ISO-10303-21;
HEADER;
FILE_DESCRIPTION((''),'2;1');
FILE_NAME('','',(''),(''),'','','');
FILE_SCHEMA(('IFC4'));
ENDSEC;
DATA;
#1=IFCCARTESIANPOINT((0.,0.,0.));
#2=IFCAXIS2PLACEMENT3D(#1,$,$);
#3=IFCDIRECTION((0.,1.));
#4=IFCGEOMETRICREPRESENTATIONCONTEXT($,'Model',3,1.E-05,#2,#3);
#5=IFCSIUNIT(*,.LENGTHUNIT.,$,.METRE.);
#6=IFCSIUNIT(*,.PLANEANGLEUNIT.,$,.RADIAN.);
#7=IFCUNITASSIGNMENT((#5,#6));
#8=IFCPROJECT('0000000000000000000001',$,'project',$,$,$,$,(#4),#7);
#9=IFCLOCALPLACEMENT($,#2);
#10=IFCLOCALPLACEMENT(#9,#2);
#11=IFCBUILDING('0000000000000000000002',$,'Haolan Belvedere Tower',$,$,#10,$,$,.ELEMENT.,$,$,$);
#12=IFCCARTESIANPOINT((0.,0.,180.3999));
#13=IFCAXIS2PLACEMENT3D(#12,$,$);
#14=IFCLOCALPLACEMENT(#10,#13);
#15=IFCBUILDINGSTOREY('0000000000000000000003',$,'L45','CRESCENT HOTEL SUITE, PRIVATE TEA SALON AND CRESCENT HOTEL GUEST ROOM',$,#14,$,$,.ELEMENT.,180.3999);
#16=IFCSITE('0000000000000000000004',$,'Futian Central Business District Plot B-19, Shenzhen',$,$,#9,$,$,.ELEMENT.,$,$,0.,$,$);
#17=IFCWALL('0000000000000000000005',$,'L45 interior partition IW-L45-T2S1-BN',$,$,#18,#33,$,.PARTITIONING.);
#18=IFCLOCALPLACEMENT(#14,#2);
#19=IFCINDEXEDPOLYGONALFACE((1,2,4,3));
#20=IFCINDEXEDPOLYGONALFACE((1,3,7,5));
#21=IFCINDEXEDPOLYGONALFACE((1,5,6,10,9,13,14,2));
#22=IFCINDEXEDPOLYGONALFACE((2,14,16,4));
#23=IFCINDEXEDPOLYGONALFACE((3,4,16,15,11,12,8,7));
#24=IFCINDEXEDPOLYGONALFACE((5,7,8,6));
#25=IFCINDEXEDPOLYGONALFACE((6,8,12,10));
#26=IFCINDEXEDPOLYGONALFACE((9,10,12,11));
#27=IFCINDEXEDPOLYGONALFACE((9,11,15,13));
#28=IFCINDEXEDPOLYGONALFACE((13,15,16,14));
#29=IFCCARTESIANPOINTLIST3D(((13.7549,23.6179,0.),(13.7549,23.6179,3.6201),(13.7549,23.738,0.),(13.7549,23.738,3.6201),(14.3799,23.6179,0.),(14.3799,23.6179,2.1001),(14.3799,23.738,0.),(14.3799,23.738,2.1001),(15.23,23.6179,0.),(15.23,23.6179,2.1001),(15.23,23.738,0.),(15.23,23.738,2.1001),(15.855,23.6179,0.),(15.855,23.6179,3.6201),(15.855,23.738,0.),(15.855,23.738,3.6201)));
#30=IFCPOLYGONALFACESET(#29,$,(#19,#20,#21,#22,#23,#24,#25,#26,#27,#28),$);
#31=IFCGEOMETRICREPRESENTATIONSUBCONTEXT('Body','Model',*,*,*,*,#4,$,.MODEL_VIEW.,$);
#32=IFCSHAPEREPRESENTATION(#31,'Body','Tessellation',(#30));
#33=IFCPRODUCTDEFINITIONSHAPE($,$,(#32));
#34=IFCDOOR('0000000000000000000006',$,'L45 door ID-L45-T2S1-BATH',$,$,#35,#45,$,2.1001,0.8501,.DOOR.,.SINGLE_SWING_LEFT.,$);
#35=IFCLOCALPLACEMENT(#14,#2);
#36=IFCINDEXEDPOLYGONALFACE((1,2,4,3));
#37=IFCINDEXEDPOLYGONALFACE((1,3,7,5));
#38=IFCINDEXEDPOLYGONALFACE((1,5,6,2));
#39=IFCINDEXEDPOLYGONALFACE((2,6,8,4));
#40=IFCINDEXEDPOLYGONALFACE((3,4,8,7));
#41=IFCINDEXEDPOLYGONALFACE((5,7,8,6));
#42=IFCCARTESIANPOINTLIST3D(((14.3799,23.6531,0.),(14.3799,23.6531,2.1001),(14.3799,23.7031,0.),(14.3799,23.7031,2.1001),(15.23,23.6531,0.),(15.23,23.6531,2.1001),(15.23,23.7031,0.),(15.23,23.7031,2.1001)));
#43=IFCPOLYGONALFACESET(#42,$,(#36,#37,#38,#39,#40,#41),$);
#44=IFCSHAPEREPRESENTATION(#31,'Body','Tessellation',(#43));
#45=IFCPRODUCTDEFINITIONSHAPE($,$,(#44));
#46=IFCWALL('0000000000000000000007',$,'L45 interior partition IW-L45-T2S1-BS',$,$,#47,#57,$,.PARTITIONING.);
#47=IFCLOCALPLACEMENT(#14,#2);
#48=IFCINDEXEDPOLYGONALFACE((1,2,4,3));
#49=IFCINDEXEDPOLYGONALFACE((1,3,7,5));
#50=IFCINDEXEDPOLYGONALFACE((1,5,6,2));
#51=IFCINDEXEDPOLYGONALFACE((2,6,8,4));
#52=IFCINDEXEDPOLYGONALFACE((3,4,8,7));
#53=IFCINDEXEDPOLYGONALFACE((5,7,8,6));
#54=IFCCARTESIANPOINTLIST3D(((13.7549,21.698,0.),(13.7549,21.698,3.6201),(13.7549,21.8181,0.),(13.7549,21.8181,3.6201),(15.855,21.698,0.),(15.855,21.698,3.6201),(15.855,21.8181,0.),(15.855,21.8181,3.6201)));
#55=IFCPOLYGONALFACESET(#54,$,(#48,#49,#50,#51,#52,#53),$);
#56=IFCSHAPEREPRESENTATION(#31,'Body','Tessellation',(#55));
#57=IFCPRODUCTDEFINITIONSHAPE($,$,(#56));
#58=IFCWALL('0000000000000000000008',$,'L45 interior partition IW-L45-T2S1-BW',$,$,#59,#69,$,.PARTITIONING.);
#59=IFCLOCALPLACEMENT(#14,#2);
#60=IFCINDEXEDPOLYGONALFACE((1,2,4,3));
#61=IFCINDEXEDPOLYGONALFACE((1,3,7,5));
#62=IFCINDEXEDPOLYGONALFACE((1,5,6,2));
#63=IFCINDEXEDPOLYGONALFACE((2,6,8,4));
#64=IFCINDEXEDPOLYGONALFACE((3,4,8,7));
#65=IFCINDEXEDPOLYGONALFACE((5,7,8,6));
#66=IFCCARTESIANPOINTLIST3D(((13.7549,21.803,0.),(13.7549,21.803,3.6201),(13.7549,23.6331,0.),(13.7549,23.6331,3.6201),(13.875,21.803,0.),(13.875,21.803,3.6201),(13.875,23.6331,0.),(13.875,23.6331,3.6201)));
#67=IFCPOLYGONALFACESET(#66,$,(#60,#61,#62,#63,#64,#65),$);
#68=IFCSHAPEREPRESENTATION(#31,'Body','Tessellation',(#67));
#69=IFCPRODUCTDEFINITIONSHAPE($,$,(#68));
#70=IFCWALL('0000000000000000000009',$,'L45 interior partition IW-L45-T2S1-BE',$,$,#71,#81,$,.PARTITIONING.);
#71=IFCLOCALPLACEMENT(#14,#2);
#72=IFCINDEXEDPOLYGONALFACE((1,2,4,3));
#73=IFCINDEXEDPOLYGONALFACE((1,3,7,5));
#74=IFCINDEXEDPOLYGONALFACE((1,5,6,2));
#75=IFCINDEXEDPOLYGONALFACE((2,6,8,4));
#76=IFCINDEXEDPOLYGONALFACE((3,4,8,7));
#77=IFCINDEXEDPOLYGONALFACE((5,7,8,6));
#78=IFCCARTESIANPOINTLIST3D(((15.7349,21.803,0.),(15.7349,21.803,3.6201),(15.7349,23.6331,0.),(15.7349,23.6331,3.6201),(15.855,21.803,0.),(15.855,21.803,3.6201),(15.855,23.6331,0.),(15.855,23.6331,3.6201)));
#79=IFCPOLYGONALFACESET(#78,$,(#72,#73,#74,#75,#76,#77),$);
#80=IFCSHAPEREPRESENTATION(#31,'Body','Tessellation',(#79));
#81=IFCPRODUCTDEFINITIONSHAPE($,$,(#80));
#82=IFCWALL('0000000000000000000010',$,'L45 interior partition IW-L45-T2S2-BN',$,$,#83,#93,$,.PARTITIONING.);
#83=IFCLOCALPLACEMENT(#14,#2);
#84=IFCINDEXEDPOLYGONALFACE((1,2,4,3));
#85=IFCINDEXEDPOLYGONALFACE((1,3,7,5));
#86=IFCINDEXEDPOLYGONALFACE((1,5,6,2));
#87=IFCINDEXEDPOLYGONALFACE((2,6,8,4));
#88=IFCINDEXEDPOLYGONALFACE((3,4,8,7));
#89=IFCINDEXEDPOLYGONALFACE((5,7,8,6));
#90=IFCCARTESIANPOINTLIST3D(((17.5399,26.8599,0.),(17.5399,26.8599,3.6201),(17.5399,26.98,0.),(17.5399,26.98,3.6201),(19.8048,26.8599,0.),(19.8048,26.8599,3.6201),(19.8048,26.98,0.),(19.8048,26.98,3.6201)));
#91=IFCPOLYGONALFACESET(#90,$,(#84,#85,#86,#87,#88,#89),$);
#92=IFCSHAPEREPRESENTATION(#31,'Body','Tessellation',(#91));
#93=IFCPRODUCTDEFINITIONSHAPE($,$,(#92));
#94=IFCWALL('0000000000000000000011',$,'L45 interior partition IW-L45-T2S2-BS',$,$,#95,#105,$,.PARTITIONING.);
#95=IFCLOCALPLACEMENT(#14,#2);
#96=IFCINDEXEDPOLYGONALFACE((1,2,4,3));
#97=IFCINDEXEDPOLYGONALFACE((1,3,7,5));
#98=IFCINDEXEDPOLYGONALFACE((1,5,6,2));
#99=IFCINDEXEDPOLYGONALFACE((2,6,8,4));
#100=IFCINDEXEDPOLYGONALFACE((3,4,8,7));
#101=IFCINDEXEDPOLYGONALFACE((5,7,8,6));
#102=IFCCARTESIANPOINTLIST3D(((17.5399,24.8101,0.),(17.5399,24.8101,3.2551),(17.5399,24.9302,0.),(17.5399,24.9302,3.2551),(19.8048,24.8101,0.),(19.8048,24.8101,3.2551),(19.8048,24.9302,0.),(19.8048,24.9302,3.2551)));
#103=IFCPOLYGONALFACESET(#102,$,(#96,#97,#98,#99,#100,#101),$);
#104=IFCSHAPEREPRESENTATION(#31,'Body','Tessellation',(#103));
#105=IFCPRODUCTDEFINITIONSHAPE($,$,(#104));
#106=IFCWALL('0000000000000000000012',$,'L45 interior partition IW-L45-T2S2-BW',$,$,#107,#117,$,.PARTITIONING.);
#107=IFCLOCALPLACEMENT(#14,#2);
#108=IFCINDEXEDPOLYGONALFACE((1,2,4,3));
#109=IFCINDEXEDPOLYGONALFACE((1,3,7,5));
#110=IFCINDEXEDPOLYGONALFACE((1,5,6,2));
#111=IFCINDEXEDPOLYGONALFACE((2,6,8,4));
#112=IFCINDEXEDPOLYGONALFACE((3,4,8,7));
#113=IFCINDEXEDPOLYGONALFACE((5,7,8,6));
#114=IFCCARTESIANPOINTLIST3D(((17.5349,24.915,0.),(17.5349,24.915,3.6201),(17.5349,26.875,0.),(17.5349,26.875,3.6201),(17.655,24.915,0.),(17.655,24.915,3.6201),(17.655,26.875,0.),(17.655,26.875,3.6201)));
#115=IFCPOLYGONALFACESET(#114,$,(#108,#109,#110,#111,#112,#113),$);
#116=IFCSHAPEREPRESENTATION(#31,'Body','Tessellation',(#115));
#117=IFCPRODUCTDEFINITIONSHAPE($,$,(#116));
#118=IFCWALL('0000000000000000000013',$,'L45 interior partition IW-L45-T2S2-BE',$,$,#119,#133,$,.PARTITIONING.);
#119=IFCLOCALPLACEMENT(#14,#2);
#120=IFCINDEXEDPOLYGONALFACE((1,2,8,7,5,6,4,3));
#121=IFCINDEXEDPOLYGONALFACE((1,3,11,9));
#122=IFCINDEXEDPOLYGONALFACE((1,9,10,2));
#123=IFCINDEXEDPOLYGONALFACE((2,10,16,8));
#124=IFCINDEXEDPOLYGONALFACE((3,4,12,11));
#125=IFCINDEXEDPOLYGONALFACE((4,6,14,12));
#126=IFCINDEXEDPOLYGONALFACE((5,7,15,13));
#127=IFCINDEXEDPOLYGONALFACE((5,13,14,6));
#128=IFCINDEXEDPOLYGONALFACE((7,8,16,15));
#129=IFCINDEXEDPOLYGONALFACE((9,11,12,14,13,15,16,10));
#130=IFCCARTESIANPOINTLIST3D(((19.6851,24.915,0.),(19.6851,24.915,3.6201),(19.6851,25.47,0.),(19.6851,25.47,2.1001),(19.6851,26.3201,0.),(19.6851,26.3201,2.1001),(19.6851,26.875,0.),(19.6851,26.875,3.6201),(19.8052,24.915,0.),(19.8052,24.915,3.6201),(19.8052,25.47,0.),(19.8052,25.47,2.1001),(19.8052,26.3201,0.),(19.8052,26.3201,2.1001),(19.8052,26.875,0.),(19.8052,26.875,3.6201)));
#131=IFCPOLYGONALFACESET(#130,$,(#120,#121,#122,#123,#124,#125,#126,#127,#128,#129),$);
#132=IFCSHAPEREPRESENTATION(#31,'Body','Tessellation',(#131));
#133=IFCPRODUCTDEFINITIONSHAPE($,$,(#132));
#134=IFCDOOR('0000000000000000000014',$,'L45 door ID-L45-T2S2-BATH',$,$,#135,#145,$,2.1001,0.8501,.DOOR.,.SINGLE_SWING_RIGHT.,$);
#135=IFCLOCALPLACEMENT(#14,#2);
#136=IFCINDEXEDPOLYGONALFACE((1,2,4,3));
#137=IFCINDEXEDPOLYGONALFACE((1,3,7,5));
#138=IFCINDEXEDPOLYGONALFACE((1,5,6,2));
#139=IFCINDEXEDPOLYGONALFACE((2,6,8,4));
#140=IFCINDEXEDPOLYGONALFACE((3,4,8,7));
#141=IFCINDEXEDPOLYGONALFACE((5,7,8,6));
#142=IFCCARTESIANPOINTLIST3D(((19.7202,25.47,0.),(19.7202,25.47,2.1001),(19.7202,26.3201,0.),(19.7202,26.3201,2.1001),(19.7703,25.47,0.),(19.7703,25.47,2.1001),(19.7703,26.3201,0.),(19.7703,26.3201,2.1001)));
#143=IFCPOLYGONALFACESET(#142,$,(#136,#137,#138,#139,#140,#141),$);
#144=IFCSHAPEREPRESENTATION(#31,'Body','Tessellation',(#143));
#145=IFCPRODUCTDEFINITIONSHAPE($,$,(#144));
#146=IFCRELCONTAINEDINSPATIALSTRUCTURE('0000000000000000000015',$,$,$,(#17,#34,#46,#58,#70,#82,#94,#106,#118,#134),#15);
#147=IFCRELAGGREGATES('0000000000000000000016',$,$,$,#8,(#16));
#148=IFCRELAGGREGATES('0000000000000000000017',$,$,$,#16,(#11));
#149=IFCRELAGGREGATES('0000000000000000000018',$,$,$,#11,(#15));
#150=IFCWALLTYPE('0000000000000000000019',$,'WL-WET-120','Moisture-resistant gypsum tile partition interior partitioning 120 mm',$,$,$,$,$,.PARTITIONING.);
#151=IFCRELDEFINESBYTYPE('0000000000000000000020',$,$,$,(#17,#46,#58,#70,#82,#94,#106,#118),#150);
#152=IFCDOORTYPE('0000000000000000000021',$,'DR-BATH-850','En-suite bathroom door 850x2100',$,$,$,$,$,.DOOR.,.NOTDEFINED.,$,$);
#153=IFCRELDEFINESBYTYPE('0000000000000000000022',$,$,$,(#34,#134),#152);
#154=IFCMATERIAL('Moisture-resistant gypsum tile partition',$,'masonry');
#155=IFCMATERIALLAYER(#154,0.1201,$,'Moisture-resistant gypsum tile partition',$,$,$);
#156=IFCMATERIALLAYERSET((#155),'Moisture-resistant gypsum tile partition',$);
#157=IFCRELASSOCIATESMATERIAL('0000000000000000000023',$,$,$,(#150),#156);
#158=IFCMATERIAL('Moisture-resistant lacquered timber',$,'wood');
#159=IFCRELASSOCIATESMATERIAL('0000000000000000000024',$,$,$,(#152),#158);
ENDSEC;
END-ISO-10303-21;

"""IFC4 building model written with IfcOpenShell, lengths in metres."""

from ifc_helpers import new_model, si_unit, direction, frame, frame_2d, origin, place, context, subcontext, project, spatial, rectangle, extrude, material, layer, layer_set, type_object, element, fill, save


model = new_model("IFC4")

# Units and contexts
model_context = context("Model", 3, precision=1e-05, world=origin(), true_north=direction((0.0, 1.0)))
body_context = subcontext(model_context, "Body", "Model", "MODEL_VIEW")
ifc_project = project(units=[si_unit("LENGTHUNIT", "METRE"), si_unit("PLANEANGLEUNIT", "RADIAN")], contexts=[model_context])

# Site, building, storey
site_placement = place(None, origin())
site = spatial("IfcSite", under=ifc_project, at=site_placement, Name="Futian Central Business District Plot B-19, Shenzhen", CompositionType="ELEMENT", RefElevation=0.0)
building_placement = place(site_placement, origin())
building = spatial("IfcBuilding", under=site, at=building_placement, Name="Haolan Belvedere Tower", CompositionType="ELEMENT")
storey_placement = place(building_placement, frame((0.0, 0.0, 180.3999)))
storey = spatial("IfcBuildingStorey", under=building, at=storey_placement, Name="L45", Description="CRESCENT HOTEL SUITE, PRIVATE TEA SALON AND CRESCENT HOTEL GUEST ROOM", CompositionType="ELEMENT", Elevation=180.3999)

# Shared definitions
ifc_material_1 = material(Name="Moisture-resistant gypsum tile partition", Category="masonry")
ifc_layer_1 = layer(ifc_material_1, 0.1201, Name="Moisture-resistant gypsum tile partition")
ifc_layer_set_1 = layer_set([ifc_layer_1], Name="Moisture-resistant gypsum tile partition")
wall_type_1 = type_object("IfcWallType", Name="WL-WET-120", Description="Moisture-resistant gypsum tile partition interior partitioning 120 mm", PredefinedType="PARTITIONING", material=ifc_layer_set_1)

# Shared definitions
ifc_material_2 = material(Name="Moisture-resistant lacquered timber", Category="wood")
door_type_1 = type_object("IfcDoorType", Name="DR-BATH-850", Description="En-suite bathroom door 850x2100", OperationType="NOTDEFINED", PredefinedType="DOOR", material=ifc_material_2)

# Wall, opening, door
wall_1_placement = place(storey_placement, frame((13.7549, 23.678, 0.0), z_axis=(0.0, 0.0, 1.0), x_axis=(1.0, 0.0, 0.0)))
wall_1 = element("IfcWall", 1, at=wall_1_placement, inside=storey, type_object=wall_type_1, Name="L45 interior partition IW-L45-T2S1-BN", PredefinedType="PARTITIONING", context=body_context, shape_type="SweptSolid", body=[
    extrude(rectangle(XDim=2.1001, YDim=0.1201, at=frame_2d((1.05, 0.0))), origin(), (0.0, 0.0, 1.0), 3.6201),
])
opening_1_placement = place(wall_1_placement, frame((1.4751, 0.0, 0.0), z_axis=(0.0, 0.0, 1.0), x_axis=(-1.0, 0.0, 0.0)))
opening_1 = element("IfcOpeningElement", 2, at=opening_1_placement, cuts=wall_1, PredefinedType="OPENING", context=body_context, shape_type="SweptSolid", body=[
    extrude(rectangle(XDim=0.8501, YDim=2.1001, at=frame_2d((0.425, 1.05))), frame((0.0, 0.0701, 0.0), z_axis=(0.0, -1.0, 0.0), x_axis=(1.0, 0.0, 0.0)), (0.0, 0.0, 1.0), 0.1401),
])
door_1_placement = place(opening_1_placement, origin())
door_1 = element("IfcDoor", 3, at=door_1_placement, inside=storey, type_object=door_type_1, Name="L45 door ID-L45-T2S1-BATH", OperationType="SINGLE_SWING_LEFT", OverallHeight=2.1001, OverallWidth=0.8501, PredefinedType="DOOR", context=body_context, shape_type="SweptSolid", body=[
    extrude(rectangle(XDim=0.8501, YDim=2.1001, at=frame_2d((0.425, 1.05))), frame((0.0, 0.0249, 0.0), z_axis=(0.0, -1.0, 0.0), x_axis=(1.0, 0.0, 0.0)), (0.0, 0.0, 1.0), 0.05),
])
fill(opening_1, door_1)

# Walls
wall_2_placement = place(storey_placement, frame((13.7549, 21.7581, 0.0), z_axis=(0.0, 0.0, 1.0), x_axis=(1.0, 0.0, 0.0)))
element("IfcWall", 4, at=wall_2_placement, inside=storey, type_object=wall_type_1, Name="L45 interior partition IW-L45-T2S1-BS", PredefinedType="PARTITIONING", context=body_context, shape_type="SweptSolid", body=[
    extrude(rectangle(XDim=2.1001, YDim=0.1201, at=frame_2d((1.05, 0.0))), origin(), (0.0, 0.0, 1.0), 3.6201),
])
for number, where, z_axis, x_axis, name in (
    (5, (13.8149, 21.803, 0.0), (0.0, 0.0, 1.0), (0.0, 1.0, 0.0), "L45 interior partition IW-L45-T2S1-BW"),
    (6, (15.7949, 21.803, 0.0), (0.0, 0.0, 1.0), (0.0, 1.0, 0.0), "L45 interior partition IW-L45-T2S1-BE"),
):
    element("IfcWall", number, at=place(storey_placement, frame(where, z_axis=z_axis, x_axis=x_axis)), inside=storey, type_object=wall_type_1, Name=name, PredefinedType="PARTITIONING", context=body_context, shape_type="SweptSolid", body=[
        extrude(rectangle(XDim=1.8301, YDim=0.1201, at=frame_2d((0.915, 0.0))), origin(), (0.0, 0.0, 1.0), 3.6201),
    ])
wall_3_placement = place(storey_placement, frame((17.54, 26.9199, 0.0), z_axis=(0.0, 0.0, 1.0), x_axis=(1.0, 0.0, 0.0)))
element("IfcWall", 7, at=wall_3_placement, inside=storey, type_object=wall_type_1, Name="L45 interior partition IW-L45-T2S2-BN", PredefinedType="PARTITIONING", context=body_context, shape_type="SweptSolid", body=[
    extrude(rectangle(XDim=2.2649, YDim=0.1201, at=frame_2d((1.1323, 0.0))), origin(), (0.0, 0.0, 1.0), 3.6201),
])
wall_4_placement = place(storey_placement, frame((17.54, 24.8701, 0.0), z_axis=(0.0, 0.0, 1.0), x_axis=(1.0, 0.0, 0.0)))
element("IfcWall", 8, at=wall_4_placement, inside=storey, type_object=wall_type_1, Name="L45 interior partition IW-L45-T2S2-BS", PredefinedType="PARTITIONING", context=body_context, shape_type="SweptSolid", body=[
    extrude(rectangle(XDim=2.2649, YDim=0.1201, at=frame_2d((1.1323, 0.0))), origin(), (0.0, 0.0, 1.0), 3.2551),
])
wall_5_placement = place(storey_placement, frame((17.595, 24.915, 0.0), z_axis=(0.0, 0.0, 1.0), x_axis=(0.0, 1.0, 0.0)))
element("IfcWall", 9, at=wall_5_placement, inside=storey, type_object=wall_type_1, Name="L45 interior partition IW-L45-T2S2-BW", PredefinedType="PARTITIONING", context=body_context, shape_type="SweptSolid", body=[
    extrude(rectangle(XDim=1.96, YDim=0.1201, at=frame_2d((0.98, 0.0))), origin(), (0.0, 0.0, 1.0), 3.6201),
])

# Wall, opening, door
wall_6_placement = place(storey_placement, frame((19.7451, 24.915, 0.0), z_axis=(0.0, 0.0, 1.0), x_axis=(0.0, 1.0, 0.0)))
wall_6 = element("IfcWall", 10, at=wall_6_placement, inside=storey, type_object=wall_type_1, Name="L45 interior partition IW-L45-T2S2-BE", PredefinedType="PARTITIONING", context=body_context, shape_type="SweptSolid", body=[
    extrude(rectangle(XDim=1.96, YDim=0.1201, at=frame_2d((0.98, 0.0))), origin(), (0.0, 0.0, 1.0), 3.6201),
])
opening_2_placement = place(wall_6_placement, frame((0.5549, 0.0, 0.0)))
opening_2 = element("IfcOpeningElement", 11, at=opening_2_placement, cuts=wall_6, PredefinedType="OPENING", context=body_context, shape_type="SweptSolid", body=[
    extrude(rectangle(XDim=0.8501, YDim=2.1001, at=frame_2d((0.425, 1.05))), frame((0.0, 0.0701, 0.0), z_axis=(0.0, -1.0, 0.0), x_axis=(1.0, 0.0, 0.0)), (0.0, 0.0, 1.0), 0.1401),
])
door_2_placement = place(opening_2_placement, origin())
door_2 = element("IfcDoor", 12, at=door_2_placement, inside=storey, type_object=door_type_1, Name="L45 door ID-L45-T2S2-BATH", OperationType="SINGLE_SWING_RIGHT", OverallHeight=2.1001, OverallWidth=0.8501, PredefinedType="DOOR", context=body_context, shape_type="SweptSolid", body=[
    extrude(rectangle(XDim=0.8501, YDim=2.1001, at=frame_2d((0.425, 1.05))), frame((0.0, 0.0249, 0.0), z_axis=(0.0, -1.0, 0.0), x_axis=(1.0, 0.0, 0.0)), (0.0, 0.0, 1.0), 0.05),
])
fill(opening_2, door_2)

save(model, "model.ifc")
